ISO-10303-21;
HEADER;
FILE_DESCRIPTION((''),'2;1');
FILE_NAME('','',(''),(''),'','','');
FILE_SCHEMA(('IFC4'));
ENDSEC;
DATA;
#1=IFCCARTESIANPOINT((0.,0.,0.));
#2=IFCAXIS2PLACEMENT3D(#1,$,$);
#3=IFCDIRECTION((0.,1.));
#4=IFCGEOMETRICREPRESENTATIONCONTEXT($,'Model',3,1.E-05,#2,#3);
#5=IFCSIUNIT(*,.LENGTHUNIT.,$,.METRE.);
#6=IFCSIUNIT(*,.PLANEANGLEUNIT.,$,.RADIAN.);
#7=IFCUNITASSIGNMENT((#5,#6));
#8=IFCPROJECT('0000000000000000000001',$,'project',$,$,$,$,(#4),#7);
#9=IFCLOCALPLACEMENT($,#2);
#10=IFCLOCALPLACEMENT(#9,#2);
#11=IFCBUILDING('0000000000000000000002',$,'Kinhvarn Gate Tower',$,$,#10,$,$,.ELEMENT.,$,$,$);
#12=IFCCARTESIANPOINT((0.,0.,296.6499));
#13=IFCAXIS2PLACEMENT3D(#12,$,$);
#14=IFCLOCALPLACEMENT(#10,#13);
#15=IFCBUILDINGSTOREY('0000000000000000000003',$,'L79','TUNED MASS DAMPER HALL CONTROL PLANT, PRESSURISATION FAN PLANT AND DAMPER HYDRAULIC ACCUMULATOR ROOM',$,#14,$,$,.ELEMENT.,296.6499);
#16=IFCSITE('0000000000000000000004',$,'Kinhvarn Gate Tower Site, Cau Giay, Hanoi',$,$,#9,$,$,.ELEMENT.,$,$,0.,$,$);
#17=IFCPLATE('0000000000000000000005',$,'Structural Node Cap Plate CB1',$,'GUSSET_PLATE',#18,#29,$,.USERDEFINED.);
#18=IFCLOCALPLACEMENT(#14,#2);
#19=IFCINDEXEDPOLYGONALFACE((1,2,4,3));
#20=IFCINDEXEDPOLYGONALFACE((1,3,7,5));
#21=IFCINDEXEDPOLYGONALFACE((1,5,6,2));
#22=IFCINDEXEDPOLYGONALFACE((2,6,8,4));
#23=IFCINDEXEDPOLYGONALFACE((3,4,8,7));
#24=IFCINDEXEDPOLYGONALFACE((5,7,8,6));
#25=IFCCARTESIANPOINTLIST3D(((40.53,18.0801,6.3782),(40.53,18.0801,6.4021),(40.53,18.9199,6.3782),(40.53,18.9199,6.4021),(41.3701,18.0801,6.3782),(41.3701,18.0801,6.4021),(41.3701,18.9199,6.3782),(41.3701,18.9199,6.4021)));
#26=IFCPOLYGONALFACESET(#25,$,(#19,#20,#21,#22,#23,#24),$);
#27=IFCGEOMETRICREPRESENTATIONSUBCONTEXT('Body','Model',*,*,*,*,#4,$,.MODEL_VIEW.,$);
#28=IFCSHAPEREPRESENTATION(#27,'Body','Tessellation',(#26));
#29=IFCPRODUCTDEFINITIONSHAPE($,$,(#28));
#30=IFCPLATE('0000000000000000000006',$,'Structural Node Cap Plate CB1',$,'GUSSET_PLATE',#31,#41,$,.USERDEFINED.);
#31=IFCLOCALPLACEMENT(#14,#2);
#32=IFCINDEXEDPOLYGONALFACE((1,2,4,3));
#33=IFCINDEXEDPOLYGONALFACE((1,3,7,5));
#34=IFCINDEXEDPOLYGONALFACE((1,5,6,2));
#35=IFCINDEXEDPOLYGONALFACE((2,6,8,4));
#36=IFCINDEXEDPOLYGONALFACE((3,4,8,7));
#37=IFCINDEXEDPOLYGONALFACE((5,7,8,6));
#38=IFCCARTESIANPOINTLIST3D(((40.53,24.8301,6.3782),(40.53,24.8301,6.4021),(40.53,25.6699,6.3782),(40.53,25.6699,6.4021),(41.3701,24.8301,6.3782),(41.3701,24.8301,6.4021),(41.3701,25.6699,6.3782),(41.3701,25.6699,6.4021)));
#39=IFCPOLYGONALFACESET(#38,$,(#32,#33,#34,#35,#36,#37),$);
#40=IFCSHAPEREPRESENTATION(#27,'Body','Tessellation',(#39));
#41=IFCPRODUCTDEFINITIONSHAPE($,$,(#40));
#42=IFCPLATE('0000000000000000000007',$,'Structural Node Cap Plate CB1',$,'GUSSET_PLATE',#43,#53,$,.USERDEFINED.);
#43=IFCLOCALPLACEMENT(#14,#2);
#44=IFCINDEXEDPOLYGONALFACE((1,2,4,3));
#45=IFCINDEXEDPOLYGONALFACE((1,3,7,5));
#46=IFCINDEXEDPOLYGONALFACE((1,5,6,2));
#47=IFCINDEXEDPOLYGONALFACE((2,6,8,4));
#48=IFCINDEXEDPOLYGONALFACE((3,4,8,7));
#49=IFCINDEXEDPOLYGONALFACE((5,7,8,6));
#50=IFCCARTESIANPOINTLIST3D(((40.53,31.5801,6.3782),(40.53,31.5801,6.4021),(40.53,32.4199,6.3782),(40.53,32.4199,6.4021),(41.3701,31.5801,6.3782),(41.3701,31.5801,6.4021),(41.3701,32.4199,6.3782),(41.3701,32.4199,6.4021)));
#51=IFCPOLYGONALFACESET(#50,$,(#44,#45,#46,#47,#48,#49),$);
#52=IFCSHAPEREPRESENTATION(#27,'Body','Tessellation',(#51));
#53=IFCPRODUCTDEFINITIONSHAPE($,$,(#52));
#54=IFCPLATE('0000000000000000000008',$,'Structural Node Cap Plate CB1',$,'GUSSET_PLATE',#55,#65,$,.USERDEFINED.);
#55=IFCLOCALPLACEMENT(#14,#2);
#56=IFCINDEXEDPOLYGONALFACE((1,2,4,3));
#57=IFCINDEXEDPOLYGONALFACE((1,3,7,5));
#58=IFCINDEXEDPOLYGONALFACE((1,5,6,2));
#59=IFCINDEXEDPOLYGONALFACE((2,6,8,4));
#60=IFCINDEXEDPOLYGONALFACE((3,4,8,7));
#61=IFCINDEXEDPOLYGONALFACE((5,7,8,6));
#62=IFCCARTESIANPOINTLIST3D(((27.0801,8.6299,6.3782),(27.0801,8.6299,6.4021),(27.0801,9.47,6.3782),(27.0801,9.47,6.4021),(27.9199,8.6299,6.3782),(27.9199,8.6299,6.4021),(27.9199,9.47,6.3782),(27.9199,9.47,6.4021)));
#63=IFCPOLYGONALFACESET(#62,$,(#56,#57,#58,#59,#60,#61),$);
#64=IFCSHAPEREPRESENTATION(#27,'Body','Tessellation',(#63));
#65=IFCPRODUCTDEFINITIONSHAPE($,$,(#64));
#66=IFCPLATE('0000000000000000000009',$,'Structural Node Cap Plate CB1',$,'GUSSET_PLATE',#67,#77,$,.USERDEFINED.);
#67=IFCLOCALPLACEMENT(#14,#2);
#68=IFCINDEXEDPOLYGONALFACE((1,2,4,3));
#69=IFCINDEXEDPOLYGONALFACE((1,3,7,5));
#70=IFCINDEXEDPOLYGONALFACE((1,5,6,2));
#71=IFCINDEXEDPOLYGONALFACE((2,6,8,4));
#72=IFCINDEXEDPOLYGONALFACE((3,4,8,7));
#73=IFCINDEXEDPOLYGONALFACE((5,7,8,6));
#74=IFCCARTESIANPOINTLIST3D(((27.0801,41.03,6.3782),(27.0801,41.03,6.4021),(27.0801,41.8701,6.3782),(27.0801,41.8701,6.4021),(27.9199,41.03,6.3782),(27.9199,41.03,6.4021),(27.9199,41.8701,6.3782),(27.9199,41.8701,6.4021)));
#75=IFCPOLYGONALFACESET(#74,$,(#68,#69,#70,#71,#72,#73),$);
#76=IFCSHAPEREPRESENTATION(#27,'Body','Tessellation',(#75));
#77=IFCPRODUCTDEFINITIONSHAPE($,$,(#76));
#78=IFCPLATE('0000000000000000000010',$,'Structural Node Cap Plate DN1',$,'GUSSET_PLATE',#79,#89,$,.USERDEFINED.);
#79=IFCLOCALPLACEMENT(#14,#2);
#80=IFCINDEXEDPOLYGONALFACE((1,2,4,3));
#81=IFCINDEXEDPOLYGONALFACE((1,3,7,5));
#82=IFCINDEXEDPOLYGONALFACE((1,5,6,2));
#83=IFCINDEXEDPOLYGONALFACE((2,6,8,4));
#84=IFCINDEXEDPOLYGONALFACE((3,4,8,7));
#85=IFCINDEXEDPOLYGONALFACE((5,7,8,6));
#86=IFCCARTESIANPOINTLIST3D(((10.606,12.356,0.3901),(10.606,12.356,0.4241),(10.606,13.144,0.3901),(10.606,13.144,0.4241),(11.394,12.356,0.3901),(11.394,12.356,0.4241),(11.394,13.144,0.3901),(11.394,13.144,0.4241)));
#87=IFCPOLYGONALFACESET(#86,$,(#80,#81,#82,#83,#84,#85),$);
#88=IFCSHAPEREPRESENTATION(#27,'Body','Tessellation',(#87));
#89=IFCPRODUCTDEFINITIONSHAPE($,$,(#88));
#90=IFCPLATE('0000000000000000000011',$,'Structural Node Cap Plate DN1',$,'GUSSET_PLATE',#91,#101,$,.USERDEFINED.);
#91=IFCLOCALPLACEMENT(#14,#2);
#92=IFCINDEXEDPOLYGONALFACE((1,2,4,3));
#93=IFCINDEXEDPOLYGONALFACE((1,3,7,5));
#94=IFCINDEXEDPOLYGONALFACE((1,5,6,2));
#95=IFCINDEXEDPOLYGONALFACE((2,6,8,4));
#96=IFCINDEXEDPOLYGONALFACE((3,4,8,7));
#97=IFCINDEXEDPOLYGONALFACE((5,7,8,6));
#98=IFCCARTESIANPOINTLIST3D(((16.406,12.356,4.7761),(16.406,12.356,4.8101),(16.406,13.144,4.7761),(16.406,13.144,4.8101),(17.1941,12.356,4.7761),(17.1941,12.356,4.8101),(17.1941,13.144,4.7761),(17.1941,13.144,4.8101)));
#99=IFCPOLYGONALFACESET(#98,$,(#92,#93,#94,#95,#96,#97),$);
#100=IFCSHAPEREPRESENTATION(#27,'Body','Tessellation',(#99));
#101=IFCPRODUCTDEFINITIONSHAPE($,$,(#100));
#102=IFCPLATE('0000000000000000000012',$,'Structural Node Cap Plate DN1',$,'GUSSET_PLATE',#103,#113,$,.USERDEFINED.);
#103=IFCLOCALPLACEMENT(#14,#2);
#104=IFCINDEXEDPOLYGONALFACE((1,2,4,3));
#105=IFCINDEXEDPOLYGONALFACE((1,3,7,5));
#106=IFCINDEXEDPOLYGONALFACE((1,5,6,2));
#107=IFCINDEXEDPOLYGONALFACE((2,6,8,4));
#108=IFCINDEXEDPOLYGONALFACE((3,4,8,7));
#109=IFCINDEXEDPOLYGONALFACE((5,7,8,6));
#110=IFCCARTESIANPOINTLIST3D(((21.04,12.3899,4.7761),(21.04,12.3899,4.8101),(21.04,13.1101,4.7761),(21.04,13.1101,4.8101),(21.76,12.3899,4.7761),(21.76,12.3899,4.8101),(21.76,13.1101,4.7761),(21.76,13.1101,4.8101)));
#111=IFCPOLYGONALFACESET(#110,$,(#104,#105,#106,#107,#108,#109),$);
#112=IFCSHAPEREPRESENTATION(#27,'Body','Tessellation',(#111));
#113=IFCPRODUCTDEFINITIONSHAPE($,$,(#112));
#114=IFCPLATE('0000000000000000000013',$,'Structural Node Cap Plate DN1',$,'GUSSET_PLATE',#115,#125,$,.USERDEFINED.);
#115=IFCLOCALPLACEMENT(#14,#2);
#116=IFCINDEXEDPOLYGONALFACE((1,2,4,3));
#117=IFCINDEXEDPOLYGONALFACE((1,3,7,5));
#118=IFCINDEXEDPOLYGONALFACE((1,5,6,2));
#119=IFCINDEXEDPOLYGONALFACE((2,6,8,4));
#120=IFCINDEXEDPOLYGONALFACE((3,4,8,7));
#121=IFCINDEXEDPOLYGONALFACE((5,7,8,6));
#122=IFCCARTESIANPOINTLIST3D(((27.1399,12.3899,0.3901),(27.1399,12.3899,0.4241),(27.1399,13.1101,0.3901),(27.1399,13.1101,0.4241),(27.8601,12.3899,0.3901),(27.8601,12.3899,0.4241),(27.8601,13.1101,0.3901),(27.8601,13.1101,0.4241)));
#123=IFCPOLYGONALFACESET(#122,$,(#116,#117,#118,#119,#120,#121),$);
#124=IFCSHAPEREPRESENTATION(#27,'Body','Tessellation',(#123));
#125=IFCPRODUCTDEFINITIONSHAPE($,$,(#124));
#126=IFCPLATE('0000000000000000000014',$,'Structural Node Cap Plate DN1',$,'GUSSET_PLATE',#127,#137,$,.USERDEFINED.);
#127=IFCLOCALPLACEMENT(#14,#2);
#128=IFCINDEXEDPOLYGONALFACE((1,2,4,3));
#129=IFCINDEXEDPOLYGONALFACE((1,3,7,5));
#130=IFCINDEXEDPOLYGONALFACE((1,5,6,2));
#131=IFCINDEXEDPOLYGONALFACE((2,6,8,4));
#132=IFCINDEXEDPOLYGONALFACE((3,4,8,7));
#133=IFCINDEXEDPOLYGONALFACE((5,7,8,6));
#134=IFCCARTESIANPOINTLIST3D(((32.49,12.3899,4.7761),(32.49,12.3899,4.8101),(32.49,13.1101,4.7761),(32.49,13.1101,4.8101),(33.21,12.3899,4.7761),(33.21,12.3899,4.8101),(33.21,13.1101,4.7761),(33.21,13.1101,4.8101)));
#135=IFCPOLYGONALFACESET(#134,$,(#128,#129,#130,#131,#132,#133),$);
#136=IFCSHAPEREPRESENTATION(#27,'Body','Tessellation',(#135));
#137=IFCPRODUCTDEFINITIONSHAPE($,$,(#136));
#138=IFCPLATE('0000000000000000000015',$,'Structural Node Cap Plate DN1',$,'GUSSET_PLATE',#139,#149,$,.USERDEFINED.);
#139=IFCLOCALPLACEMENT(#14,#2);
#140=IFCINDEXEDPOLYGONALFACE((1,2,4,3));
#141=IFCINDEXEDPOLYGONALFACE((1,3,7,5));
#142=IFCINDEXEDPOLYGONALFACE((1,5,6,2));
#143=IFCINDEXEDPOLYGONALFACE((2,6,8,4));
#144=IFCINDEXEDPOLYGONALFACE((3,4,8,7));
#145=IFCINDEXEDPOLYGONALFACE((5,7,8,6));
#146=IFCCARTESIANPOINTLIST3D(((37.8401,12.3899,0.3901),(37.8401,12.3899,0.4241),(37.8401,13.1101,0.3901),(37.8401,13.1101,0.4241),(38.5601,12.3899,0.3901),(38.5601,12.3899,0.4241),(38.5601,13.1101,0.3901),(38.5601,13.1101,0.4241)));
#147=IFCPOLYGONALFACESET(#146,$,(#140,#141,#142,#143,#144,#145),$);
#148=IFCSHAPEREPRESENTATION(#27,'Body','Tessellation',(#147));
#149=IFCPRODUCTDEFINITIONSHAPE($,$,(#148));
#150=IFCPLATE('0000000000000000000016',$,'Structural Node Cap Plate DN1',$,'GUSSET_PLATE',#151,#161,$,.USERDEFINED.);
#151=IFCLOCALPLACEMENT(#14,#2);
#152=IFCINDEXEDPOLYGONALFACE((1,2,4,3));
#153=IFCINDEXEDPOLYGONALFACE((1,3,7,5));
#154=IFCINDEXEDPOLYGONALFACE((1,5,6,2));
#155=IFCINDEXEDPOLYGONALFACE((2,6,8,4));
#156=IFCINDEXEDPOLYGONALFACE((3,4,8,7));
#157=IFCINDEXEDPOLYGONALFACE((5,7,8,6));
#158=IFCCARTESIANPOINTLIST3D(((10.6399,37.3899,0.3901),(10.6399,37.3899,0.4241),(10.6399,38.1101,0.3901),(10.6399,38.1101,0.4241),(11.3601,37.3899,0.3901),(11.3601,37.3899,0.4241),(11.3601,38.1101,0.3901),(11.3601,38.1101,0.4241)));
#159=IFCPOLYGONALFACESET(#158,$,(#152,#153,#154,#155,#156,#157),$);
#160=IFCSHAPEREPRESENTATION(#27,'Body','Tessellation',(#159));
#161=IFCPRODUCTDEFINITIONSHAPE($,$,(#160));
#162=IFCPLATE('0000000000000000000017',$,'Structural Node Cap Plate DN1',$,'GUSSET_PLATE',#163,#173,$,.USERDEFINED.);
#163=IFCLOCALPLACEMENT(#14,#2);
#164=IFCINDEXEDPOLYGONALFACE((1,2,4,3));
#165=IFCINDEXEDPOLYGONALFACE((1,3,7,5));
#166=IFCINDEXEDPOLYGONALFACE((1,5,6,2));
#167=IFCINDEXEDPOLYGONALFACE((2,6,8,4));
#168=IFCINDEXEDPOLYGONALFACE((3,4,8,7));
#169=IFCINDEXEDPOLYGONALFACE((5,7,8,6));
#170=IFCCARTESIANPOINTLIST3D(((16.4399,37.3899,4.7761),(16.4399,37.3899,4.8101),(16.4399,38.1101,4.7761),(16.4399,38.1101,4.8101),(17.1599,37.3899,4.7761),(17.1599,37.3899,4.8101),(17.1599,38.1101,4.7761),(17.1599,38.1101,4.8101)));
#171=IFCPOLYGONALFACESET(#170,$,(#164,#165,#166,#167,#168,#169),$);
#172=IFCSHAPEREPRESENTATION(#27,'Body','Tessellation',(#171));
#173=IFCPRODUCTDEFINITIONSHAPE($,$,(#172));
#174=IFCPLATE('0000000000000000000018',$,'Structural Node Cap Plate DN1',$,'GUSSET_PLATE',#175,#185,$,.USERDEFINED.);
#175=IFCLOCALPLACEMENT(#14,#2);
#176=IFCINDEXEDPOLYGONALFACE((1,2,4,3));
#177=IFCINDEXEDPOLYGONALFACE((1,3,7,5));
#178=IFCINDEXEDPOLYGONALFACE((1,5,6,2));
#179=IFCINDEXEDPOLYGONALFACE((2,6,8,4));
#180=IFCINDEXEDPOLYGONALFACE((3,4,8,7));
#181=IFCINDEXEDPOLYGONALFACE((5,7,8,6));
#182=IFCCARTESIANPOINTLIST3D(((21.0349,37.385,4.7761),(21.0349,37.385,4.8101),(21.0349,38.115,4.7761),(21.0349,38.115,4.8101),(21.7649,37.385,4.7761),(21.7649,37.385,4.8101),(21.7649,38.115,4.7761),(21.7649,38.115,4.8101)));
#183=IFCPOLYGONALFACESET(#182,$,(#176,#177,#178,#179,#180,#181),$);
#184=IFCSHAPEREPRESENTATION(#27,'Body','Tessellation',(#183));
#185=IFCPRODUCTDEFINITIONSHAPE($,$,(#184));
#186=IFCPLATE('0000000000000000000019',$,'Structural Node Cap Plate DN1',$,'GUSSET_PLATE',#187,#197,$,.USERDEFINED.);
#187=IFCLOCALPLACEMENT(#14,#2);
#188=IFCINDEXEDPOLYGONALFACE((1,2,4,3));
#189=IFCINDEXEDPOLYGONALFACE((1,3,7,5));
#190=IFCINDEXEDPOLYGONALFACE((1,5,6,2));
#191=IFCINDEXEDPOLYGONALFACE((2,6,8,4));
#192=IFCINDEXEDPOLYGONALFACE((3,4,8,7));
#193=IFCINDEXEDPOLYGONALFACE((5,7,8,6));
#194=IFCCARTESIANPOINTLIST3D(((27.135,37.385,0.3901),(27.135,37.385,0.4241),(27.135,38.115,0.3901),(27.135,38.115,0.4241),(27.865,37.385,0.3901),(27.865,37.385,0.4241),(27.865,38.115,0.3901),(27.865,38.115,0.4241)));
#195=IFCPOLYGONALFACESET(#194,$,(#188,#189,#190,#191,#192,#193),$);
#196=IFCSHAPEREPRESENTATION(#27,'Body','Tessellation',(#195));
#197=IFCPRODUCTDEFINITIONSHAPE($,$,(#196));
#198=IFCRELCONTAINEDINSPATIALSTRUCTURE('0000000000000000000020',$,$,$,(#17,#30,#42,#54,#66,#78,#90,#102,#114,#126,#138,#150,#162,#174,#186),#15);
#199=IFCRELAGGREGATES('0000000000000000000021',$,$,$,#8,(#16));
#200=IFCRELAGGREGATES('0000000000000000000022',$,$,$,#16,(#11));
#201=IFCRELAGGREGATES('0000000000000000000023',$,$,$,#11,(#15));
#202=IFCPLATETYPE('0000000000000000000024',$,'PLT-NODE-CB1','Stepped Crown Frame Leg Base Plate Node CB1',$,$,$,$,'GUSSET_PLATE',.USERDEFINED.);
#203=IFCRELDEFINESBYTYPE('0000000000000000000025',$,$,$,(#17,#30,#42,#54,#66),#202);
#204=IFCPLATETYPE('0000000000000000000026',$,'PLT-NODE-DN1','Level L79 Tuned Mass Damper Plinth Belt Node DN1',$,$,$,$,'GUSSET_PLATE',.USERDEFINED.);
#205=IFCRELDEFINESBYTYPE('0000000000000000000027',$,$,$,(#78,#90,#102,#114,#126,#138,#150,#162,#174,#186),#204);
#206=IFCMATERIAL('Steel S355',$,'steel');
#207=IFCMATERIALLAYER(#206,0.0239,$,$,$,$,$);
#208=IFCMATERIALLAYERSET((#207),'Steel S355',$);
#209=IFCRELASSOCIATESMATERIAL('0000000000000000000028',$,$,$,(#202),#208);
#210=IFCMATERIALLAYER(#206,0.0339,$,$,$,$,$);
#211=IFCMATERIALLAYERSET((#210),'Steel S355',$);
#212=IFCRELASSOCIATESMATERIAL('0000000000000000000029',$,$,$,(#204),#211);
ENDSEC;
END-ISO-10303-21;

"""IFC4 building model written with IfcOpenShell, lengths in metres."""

from ifc_helpers import new_model, si_unit, direction, frame, origin, place, context, subcontext, project, spatial, polyline, outline, extrude, material, layer, layer_set, type_object, element, save


model = new_model("IFC4")

# Units and contexts
model_context = context("Model", 3, precision=1e-05, world=origin(), true_north=direction((0.0, 1.0)))
body_context = subcontext(model_context, "Body", "Model", "MODEL_VIEW")
ifc_project = project(units=[si_unit("LENGTHUNIT", "METRE"), si_unit("PLANEANGLEUNIT", "RADIAN")], contexts=[model_context])

# Site, building, storey
site_placement = place(None, origin())
site = spatial("IfcSite", under=ifc_project, at=site_placement, Name="Kinhvarn Gate Tower Site, Cau Giay, Hanoi", CompositionType="ELEMENT", RefElevation=0.0)
building_placement = place(site_placement, origin())
building = spatial("IfcBuilding", under=site, at=building_placement, Name="Kinhvarn Gate Tower", CompositionType="ELEMENT")
storey_placement = place(building_placement, frame((0.0, 0.0, 296.6499)))
storey = spatial("IfcBuildingStorey", under=building, at=storey_placement, Name="L79", Description="TUNED MASS DAMPER HALL CONTROL PLANT, PRESSURISATION FAN PLANT AND DAMPER HYDRAULIC ACCUMULATOR ROOM", CompositionType="ELEMENT", Elevation=296.6499)

# Plates
ifc_material_1 = material(Name="Steel S355", Category="steel")
ifc_layer_1 = layer(ifc_material_1, 0.0239)
ifc_layer_set_1 = layer_set([ifc_layer_1], Name="Steel S355")
plate_type_1 = type_object("IfcPlateType", Name="PLT-NODE-CB1", Description="Stepped Crown Frame Leg Base Plate Node CB1", ElementType="GUSSET_PLATE", PredefinedType="USERDEFINED", material=ifc_layer_set_1)
plate_1_placement = place(storey_placement, frame((0.0, 0.0, 6.3782)))
element("IfcPlate", 1, at=plate_1_placement, inside=storey, type_object=plate_type_1, Name="Structural Node Cap Plate CB1", ObjectType="GUSSET_PLATE", PredefinedType="USERDEFINED", context=body_context, shape_type="SweptSolid", body=[
    extrude(outline(polyline([(40.53, 18.0801), (41.3701, 18.0801), (41.3701, 18.9199), (40.53, 18.9199), (40.53, 18.0801)])), origin(), (0.0, 0.0, 1.0), 0.0239),
])
plate_2_placement = place(storey_placement, frame((0.0, 0.0, 6.3782)))
element("IfcPlate", 2, at=plate_2_placement, inside=storey, type_object=plate_type_1, Name="Structural Node Cap Plate CB1", ObjectType="GUSSET_PLATE", PredefinedType="USERDEFINED", context=body_context, shape_type="SweptSolid", body=[
    extrude(outline(polyline([(40.53, 24.8301), (41.3701, 24.8301), (41.3701, 25.6699), (40.53, 25.6699), (40.53, 24.8301)])), origin(), (0.0, 0.0, 1.0), 0.0239),
])
plate_3_placement = place(storey_placement, frame((0.0, 0.0, 6.3782)))
element("IfcPlate", 3, at=plate_3_placement, inside=storey, type_object=plate_type_1, Name="Structural Node Cap Plate CB1", ObjectType="GUSSET_PLATE", PredefinedType="USERDEFINED", context=body_context, shape_type="SweptSolid", body=[
    extrude(outline(polyline([(40.53, 31.5801), (41.3701, 31.5801), (41.3701, 32.4199), (40.53, 32.4199), (40.53, 31.5801)])), origin(), (0.0, 0.0, 1.0), 0.0239),
])
plate_4_placement = place(storey_placement, frame((0.0, 0.0, 6.3782)))
element("IfcPlate", 4, at=plate_4_placement, inside=storey, type_object=plate_type_1, Name="Structural Node Cap Plate CB1", ObjectType="GUSSET_PLATE", PredefinedType="USERDEFINED", context=body_context, shape_type="SweptSolid", body=[
    extrude(outline(polyline([(27.0801, 8.6299), (27.9199, 8.6299), (27.9199, 9.47), (27.0801, 9.47), (27.0801, 8.6299)])), origin(), (0.0, 0.0, 1.0), 0.0239),
])
plate_5_placement = place(storey_placement, frame((0.0, 0.0, 6.3782)))
element("IfcPlate", 5, at=plate_5_placement, inside=storey, type_object=plate_type_1, Name="Structural Node Cap Plate CB1", ObjectType="GUSSET_PLATE", PredefinedType="USERDEFINED", context=body_context, shape_type="SweptSolid", body=[
    extrude(outline(polyline([(27.0801, 41.03), (27.9199, 41.03), (27.9199, 41.8701), (27.0801, 41.8701), (27.0801, 41.03)])), origin(), (0.0, 0.0, 1.0), 0.0239),
])
ifc_layer_2 = layer(ifc_material_1, 0.0339)
ifc_layer_set_2 = layer_set([ifc_layer_2], Name="Steel S355")
plate_type_2 = type_object("IfcPlateType", Name="PLT-NODE-DN1", Description="Level L79 Tuned Mass Damper Plinth Belt Node DN1", ElementType="GUSSET_PLATE", PredefinedType="USERDEFINED", material=ifc_layer_set_2)
plate_6_placement = place(storey_placement, frame((0.0, 0.0, 0.3901)))
element("IfcPlate", 6, at=plate_6_placement, inside=storey, type_object=plate_type_2, Name="Structural Node Cap Plate DN1", ObjectType="GUSSET_PLATE", PredefinedType="USERDEFINED", context=body_context, shape_type="SweptSolid", body=[
    extrude(outline(polyline([(10.606, 12.356), (11.394, 12.356), (11.394, 13.144), (10.606, 13.144), (10.606, 12.356)])), origin(), (0.0, 0.0, 1.0), 0.0339),
])
plate_7_placement = place(storey_placement, frame((0.0, 0.0, 4.7761)))
element("IfcPlate", 7, at=plate_7_placement, inside=storey, type_object=plate_type_2, Name="Structural Node Cap Plate DN1", ObjectType="GUSSET_PLATE", PredefinedType="USERDEFINED", context=body_context, shape_type="SweptSolid", body=[
    extrude(outline(polyline([(16.406, 12.356), (17.1941, 12.356), (17.1941, 13.144), (16.406, 13.144), (16.406, 12.356)])), origin(), (0.0, 0.0, 1.0), 0.0339),
])
plate_8_placement = place(storey_placement, frame((0.0, 0.0, 4.7761)))
element("IfcPlate", 8, at=plate_8_placement, inside=storey, type_object=plate_type_2, Name="Structural Node Cap Plate DN1", ObjectType="GUSSET_PLATE", PredefinedType="USERDEFINED", context=body_context, shape_type="SweptSolid", body=[
    extrude(outline(polyline([(21.04, 12.3899), (21.76, 12.3899), (21.76, 13.1101), (21.04, 13.1101), (21.04, 12.3899)])), origin(), (0.0, 0.0, 1.0), 0.0339),
])
plate_9_placement = place(storey_placement, frame((0.0, 0.0, 0.3901)))
element("IfcPlate", 9, at=plate_9_placement, inside=storey, type_object=plate_type_2, Name="Structural Node Cap Plate DN1", ObjectType="GUSSET_PLATE", PredefinedType="USERDEFINED", context=body_context, shape_type="SweptSolid", body=[
    extrude(outline(polyline([(27.1399, 12.3899), (27.8601, 12.3899), (27.8601, 13.1101), (27.1399, 13.1101), (27.1399, 12.3899)])), origin(), (0.0, 0.0, 1.0), 0.0339),
])
plate_10_placement = place(storey_placement, frame((0.0, 0.0, 4.7761)))
element("IfcPlate", 10, at=plate_10_placement, inside=storey, type_object=plate_type_2, Name="Structural Node Cap Plate DN1", ObjectType="GUSSET_PLATE", PredefinedType="USERDEFINED", context=body_context, shape_type="SweptSolid", body=[
    extrude(outline(polyline([(32.49, 12.3899), (33.21, 12.3899), (33.21, 13.1101), (32.49, 13.1101), (32.49, 12.3899)])), origin(), (0.0, 0.0, 1.0), 0.0339),
])
plate_11_placement = place(storey_placement, frame((0.0, 0.0, 0.3901)))
element("IfcPlate", 11, at=plate_11_placement, inside=storey, type_object=plate_type_2, Name="Structural Node Cap Plate DN1", ObjectType="GUSSET_PLATE", PredefinedType="USERDEFINED", context=body_context, shape_type="SweptSolid", body=[
    extrude(outline(polyline([(37.8401, 12.3899), (38.5601, 12.3899), (38.5601, 13.1101), (37.8401, 13.1101), (37.8401, 12.3899)])), origin(), (0.0, 0.0, 1.0), 0.0339),
])
plate_12_placement = place(storey_placement, frame((0.0, 0.0, 0.3901)))
element("IfcPlate", 12, at=plate_12_placement, inside=storey, type_object=plate_type_2, Name="Structural Node Cap Plate DN1", ObjectType="GUSSET_PLATE", PredefinedType="USERDEFINED", context=body_context, shape_type="SweptSolid", body=[
    extrude(outline(polyline([(10.6399, 37.3899), (11.3601, 37.3899), (11.3601, 38.1101), (10.6399, 38.1101), (10.6399, 37.3899)])), origin(), (0.0, 0.0, 1.0), 0.0339),
])
plate_13_placement = place(storey_placement, frame((0.0, 0.0, 4.7761)))
element("IfcPlate", 13, at=plate_13_placement, inside=storey, type_object=plate_type_2, Name="Structural Node Cap Plate DN1", ObjectType="GUSSET_PLATE", PredefinedType="USERDEFINED", context=body_context, shape_type="SweptSolid", body=[
    extrude(outline(polyline([(16.4399, 37.3899), (17.1599, 37.3899), (17.1599, 38.1101), (16.4399, 38.1101), (16.4399, 37.3899)])), origin(), (0.0, 0.0, 1.0), 0.0339),
])
plate_14_placement = place(storey_placement, frame((0.0, 0.0, 4.7761)))
element("IfcPlate", 14, at=plate_14_placement, inside=storey, type_object=plate_type_2, Name="Structural Node Cap Plate DN1", ObjectType="GUSSET_PLATE", PredefinedType="USERDEFINED", context=body_context, shape_type="SweptSolid", body=[
    extrude(outline(polyline([(21.0349, 37.385), (21.7649, 37.385), (21.7649, 38.115), (21.0349, 38.115), (21.0349, 37.385)])), origin(), (0.0, 0.0, 1.0), 0.0339),
])
plate_15_placement = place(storey_placement, frame((0.0, 0.0, 0.3901)))
element("IfcPlate", 15, at=plate_15_placement, inside=storey, type_object=plate_type_2, Name="Structural Node Cap Plate DN1", ObjectType="GUSSET_PLATE", PredefinedType="USERDEFINED", context=body_context, shape_type="SweptSolid", body=[
    extrude(outline(polyline([(27.135, 37.385), (27.865, 37.385), (27.865, 38.115), (27.135, 38.115), (27.135, 37.385)])), origin(), (0.0, 0.0, 1.0), 0.0339),
])

save(model, "model.ifc")
